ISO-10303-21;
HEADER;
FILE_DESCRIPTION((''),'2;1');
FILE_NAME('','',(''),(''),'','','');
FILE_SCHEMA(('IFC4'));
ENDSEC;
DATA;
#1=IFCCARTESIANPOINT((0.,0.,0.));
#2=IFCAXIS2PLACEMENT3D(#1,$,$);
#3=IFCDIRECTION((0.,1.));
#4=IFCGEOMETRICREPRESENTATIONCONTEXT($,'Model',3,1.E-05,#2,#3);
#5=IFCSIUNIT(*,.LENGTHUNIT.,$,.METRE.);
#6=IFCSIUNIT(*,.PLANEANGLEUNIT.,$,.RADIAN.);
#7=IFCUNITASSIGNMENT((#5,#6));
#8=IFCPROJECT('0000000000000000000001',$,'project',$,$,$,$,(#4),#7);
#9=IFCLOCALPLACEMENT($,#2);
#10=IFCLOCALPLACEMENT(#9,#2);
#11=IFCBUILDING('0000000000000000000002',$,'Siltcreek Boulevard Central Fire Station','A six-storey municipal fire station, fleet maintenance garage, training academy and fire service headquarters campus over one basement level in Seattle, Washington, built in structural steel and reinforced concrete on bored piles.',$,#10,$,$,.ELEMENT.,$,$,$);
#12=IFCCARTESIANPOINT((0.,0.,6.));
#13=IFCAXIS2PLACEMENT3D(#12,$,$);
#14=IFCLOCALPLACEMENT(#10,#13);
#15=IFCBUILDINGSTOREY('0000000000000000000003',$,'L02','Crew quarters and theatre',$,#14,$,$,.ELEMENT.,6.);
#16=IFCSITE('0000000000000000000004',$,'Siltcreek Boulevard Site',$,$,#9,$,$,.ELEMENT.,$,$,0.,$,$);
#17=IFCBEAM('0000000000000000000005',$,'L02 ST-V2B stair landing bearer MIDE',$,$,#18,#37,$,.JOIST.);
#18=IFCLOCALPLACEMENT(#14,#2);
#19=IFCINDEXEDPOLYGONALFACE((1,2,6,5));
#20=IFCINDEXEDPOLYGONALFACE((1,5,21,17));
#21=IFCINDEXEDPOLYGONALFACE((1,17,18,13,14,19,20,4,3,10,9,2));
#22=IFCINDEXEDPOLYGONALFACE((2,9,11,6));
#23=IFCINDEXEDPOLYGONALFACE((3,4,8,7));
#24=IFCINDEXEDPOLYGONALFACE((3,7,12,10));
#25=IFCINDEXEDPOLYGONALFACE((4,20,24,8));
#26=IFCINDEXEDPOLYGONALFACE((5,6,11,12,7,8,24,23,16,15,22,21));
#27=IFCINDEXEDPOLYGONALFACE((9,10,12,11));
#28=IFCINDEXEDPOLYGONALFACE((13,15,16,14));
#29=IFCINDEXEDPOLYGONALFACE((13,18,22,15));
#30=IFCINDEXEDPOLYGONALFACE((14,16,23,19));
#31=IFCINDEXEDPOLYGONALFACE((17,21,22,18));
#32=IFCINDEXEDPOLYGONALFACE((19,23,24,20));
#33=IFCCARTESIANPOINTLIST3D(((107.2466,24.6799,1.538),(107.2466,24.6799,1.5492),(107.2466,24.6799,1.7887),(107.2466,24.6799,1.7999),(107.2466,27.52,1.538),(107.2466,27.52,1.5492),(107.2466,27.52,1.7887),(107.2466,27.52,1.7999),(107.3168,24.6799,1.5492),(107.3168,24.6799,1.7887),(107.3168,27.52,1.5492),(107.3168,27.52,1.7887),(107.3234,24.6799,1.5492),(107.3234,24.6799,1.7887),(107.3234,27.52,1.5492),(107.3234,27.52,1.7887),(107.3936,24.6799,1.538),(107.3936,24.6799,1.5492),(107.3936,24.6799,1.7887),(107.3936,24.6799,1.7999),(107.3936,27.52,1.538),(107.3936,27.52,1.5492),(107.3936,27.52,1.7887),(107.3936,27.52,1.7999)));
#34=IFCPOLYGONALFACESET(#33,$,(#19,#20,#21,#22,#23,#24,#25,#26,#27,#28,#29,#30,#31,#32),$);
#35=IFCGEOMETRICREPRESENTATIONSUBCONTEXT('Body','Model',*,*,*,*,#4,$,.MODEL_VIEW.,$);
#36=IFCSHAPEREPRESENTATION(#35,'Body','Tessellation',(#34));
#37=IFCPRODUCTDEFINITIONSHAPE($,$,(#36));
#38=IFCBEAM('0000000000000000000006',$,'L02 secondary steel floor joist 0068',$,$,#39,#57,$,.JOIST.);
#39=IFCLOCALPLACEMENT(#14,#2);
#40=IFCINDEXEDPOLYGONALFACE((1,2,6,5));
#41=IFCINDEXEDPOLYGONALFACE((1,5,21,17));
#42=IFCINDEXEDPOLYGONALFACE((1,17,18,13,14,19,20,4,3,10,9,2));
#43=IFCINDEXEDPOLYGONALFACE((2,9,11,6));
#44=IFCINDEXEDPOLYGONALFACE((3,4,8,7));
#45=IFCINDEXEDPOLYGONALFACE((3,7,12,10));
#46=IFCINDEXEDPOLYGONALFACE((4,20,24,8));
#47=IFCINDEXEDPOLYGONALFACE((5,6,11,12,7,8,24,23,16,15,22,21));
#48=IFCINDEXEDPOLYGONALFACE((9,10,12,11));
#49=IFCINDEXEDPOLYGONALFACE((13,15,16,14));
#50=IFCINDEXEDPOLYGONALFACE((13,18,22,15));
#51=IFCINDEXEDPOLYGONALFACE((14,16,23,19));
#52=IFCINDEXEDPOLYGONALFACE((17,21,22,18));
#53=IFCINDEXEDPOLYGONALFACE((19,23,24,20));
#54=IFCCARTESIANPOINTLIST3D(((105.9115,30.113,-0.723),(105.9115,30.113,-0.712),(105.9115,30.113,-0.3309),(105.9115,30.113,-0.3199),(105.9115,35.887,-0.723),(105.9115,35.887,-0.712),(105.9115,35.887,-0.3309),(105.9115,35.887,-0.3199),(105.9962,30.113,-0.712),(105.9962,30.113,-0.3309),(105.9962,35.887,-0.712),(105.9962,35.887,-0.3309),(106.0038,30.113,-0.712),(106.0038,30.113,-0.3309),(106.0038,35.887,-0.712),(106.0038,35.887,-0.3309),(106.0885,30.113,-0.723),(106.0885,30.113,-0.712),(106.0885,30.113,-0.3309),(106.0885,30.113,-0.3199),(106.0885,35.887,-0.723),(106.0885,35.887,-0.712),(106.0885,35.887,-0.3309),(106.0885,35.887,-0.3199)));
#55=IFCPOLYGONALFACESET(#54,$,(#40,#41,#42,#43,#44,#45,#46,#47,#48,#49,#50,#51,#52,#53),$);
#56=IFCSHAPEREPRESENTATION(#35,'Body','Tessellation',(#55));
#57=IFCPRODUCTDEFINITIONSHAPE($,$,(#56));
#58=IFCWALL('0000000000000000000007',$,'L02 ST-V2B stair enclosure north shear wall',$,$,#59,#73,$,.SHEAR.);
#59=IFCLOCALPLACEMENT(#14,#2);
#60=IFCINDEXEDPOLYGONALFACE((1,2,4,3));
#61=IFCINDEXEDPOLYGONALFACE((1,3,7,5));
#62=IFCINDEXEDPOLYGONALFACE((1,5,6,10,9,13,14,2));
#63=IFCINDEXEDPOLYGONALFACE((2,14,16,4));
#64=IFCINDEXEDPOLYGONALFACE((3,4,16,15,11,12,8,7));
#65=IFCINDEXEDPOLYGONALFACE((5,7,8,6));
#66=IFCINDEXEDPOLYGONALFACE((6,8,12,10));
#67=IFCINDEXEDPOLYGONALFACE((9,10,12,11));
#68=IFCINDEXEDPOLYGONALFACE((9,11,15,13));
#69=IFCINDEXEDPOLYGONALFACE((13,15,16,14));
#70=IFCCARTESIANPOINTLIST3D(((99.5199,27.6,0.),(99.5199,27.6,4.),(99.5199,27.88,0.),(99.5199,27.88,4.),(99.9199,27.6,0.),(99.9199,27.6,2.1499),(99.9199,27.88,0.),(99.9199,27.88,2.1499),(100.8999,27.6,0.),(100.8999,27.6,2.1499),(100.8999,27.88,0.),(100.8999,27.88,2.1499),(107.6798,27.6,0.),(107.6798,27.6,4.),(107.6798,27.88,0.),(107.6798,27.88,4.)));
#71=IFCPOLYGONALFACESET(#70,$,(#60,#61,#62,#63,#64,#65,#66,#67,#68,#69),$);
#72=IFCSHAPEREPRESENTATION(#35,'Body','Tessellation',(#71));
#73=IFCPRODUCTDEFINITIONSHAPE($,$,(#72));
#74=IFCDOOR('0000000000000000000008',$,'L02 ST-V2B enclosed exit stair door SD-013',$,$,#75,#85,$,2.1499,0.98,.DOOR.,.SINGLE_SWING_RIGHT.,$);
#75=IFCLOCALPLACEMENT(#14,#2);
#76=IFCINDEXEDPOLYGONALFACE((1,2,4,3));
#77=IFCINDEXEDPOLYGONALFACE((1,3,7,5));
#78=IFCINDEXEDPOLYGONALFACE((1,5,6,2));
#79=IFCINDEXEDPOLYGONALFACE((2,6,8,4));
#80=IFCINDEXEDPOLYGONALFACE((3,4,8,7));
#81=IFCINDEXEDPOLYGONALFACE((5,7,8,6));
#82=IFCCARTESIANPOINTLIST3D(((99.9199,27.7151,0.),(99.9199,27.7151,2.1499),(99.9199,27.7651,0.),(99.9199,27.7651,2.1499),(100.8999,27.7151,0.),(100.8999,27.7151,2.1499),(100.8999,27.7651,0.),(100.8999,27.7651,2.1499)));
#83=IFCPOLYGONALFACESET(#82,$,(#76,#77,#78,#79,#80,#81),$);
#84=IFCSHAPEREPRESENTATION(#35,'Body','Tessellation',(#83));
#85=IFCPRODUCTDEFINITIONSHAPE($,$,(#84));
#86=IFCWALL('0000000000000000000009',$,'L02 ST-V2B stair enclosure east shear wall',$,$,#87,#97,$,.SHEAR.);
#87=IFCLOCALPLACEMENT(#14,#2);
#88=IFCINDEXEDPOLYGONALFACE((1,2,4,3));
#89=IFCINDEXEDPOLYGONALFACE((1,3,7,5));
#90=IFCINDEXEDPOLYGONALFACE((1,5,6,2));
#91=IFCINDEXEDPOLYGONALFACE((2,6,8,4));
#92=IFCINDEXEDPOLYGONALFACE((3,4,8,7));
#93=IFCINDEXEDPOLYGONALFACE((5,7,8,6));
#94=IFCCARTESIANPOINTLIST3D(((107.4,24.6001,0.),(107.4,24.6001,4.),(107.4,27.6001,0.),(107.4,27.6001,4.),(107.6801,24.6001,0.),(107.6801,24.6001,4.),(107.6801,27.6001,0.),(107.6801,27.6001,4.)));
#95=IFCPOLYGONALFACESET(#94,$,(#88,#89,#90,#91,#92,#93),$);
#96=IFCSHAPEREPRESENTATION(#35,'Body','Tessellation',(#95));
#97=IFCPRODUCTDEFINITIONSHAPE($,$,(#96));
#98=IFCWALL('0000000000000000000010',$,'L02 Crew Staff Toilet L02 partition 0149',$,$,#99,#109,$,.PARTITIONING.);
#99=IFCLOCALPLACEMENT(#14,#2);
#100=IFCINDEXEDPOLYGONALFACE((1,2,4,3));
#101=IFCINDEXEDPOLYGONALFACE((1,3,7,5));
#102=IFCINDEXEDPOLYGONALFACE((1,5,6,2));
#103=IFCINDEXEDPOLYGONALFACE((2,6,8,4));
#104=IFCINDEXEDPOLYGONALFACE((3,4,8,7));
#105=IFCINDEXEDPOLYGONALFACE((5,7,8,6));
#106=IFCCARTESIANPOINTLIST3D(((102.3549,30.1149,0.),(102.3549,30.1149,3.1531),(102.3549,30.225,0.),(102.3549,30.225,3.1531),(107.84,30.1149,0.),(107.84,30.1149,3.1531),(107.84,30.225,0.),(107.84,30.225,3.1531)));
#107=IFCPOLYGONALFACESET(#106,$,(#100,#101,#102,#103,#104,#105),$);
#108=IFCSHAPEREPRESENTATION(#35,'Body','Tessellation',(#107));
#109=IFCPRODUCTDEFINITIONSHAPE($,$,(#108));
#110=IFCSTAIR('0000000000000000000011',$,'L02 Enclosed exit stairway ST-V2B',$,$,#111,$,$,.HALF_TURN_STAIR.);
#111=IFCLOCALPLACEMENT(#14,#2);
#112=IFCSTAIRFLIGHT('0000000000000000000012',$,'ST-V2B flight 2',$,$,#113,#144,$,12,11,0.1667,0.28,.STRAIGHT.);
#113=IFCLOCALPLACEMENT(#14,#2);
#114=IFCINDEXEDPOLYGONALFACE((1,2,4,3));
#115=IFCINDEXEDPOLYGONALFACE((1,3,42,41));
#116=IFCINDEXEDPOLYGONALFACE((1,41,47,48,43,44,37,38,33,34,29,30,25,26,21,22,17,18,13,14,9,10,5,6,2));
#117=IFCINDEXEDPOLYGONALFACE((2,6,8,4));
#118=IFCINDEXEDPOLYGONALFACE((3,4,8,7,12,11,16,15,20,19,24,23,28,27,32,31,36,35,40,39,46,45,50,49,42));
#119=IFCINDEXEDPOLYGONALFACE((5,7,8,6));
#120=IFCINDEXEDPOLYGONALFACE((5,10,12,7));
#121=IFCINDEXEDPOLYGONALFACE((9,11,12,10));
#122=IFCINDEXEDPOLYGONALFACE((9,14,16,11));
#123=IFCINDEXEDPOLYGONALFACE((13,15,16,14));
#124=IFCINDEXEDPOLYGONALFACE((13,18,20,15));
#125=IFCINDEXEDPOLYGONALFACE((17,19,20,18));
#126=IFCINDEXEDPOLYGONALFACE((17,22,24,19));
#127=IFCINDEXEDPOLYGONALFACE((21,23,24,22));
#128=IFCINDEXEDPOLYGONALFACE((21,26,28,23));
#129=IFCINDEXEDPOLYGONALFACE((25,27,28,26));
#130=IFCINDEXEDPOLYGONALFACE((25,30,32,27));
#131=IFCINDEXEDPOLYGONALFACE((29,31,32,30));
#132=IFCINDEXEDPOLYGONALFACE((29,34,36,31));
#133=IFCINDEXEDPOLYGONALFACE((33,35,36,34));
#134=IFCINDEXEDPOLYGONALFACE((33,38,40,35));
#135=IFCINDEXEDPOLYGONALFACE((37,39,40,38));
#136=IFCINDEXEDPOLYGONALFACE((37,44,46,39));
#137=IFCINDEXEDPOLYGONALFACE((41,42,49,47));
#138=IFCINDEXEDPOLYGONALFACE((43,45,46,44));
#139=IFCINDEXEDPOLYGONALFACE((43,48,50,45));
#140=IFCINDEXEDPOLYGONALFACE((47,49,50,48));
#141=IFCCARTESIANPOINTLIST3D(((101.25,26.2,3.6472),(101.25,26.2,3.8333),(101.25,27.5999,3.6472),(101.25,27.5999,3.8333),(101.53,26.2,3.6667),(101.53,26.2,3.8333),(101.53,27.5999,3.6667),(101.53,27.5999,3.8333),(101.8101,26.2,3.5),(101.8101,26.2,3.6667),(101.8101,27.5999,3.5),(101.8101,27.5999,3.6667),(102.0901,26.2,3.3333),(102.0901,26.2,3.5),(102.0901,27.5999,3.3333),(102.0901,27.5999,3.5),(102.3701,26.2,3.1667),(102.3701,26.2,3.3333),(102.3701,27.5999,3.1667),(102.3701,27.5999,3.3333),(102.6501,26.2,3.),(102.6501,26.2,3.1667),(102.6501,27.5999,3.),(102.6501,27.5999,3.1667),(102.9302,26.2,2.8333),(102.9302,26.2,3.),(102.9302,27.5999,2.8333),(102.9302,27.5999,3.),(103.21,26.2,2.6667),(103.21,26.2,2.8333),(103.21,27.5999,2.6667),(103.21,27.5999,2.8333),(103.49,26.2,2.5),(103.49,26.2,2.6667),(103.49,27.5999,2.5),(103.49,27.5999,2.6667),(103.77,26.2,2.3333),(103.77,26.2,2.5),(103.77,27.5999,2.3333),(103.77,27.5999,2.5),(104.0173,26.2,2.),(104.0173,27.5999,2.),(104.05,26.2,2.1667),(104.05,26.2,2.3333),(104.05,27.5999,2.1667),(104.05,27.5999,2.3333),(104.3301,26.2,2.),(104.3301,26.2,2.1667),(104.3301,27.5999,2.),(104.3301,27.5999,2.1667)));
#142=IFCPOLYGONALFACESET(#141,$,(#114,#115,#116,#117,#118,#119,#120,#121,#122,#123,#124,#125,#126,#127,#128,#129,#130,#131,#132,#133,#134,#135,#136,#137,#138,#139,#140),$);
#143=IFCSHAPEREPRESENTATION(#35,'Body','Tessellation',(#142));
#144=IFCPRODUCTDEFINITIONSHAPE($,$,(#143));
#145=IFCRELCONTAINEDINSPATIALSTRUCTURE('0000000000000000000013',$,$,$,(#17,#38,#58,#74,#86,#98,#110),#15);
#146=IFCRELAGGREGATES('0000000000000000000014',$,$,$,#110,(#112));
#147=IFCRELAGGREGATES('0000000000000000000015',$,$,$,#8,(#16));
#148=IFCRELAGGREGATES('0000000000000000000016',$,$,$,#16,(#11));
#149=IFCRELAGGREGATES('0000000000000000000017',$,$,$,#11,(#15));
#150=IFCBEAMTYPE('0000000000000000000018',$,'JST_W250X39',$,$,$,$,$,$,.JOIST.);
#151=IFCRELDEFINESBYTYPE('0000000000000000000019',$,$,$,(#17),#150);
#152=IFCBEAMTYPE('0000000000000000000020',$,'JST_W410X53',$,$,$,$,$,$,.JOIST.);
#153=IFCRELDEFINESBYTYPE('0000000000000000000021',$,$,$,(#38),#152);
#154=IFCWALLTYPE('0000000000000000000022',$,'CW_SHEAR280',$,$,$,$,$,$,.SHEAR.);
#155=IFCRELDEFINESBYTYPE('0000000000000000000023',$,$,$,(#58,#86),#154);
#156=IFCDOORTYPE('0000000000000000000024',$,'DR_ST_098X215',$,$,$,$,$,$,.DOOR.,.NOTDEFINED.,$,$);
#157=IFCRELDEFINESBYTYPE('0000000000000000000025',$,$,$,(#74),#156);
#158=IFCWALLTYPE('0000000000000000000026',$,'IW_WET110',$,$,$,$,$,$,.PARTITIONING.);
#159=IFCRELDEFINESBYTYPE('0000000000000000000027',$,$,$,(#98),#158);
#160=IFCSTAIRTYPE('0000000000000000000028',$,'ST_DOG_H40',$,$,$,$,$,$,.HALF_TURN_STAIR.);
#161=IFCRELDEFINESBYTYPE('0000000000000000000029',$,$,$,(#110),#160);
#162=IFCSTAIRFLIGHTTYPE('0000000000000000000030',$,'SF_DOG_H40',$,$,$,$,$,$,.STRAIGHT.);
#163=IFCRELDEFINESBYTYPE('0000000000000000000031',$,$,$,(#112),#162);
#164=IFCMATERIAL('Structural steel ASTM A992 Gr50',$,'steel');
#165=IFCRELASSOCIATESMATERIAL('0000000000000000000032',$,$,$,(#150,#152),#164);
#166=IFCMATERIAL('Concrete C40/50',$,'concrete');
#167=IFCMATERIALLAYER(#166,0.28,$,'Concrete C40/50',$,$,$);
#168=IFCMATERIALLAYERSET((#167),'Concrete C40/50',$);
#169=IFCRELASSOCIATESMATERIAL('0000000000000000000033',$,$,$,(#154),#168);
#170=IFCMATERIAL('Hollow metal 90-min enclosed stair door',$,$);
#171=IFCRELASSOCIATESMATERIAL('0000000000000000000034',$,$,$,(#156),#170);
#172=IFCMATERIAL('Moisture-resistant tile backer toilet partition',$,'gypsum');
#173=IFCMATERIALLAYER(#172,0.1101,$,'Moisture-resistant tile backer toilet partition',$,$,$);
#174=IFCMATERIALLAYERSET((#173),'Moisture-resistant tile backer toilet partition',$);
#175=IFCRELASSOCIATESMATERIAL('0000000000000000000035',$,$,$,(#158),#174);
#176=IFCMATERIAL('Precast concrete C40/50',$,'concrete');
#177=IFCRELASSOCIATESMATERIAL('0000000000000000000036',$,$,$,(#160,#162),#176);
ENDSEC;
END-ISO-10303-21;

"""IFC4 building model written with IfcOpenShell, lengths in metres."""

from ifc_helpers import new_model, si_unit, direction, frame, frame_2d, origin, origin_2d, place, context, subcontext, project, spatial, polyline, rectangle, i_section, outline, extrude, material, layer, layer_set, material_profile, profile_set, type_object, element, fill, aggregate, save


model = new_model("IFC4")

# Units and contexts
model_context = context("Model", 3, precision=1e-05, world=origin(), true_north=direction((0.0, 1.0)))
body_context = subcontext(model_context, "Body", "Model", "MODEL_VIEW")
ifc_project = project(units=[si_unit("LENGTHUNIT", "METRE"), si_unit("PLANEANGLEUNIT", "RADIAN")], contexts=[model_context])

# Site, building, storey
site_placement = place(None, origin())
site = spatial("IfcSite", under=ifc_project, at=site_placement, Name="Siltcreek Boulevard Site", CompositionType="ELEMENT", RefElevation=0.0)
building_placement = place(site_placement, origin())
building = spatial("IfcBuilding", under=site, at=building_placement, Name="Siltcreek Boulevard Central Fire Station", Description="A six-storey municipal fire station, fleet maintenance garage, training academy and fire service headquarters campus over one basement level in Seattle, Washington, built in structural steel and reinforced concrete on bored piles.", CompositionType="ELEMENT")
storey_placement = place(building_placement, frame((0.0, 0.0, 6.0)))
storey = spatial("IfcBuildingStorey", under=building, at=storey_placement, Name="L02", Description="Crew quarters and theatre", CompositionType="ELEMENT", Elevation=6.0)

# Shared definitions
ifc_material_1 = material(Name="Structural steel ASTM A992 Gr50", Category="steel")

# Beams
ifc_material_profile_1 = material_profile(ifc_material_1, i_section(OverallWidth=0.147, OverallDepth=0.262, WebThickness=0.0066, FlangeThickness=0.0112, at=origin_2d()), Name="W250X39")
ifc_profile_set_1 = profile_set([ifc_material_profile_1], Name="Structural steel ASTM A992 Gr50")
beam_type_1 = type_object("IfcBeamType", Name="JST_W250X39", PredefinedType="JOIST", material=ifc_profile_set_1)
for number, where, z_axis, x_axis, name in (
    (1, (107.3201, 24.6799, 1.6689), (0.0, 1.0, 0.0), (-1.0, 0.0, 0.0), "L02 ST-V2B stair landing bearer MIDE"),
):
    element("IfcBeam", number, at=place(storey_placement, frame(where, z_axis=z_axis, x_axis=x_axis)), inside=storey, type_object=beam_type_1, Name=name, PredefinedType="JOIST", context=body_context, shape_type="SweptSolid", body=[
        extrude(i_section(OverallWidth=0.147, OverallDepth=0.262, WebThickness=0.0066, FlangeThickness=0.0112, at=origin_2d()), origin(), (0.0, 0.0, 1.0), 2.8401),
    ])
ifc_material_profile_2 = material_profile(ifc_material_1, i_section(OverallWidth=0.177, OverallDepth=0.4031, WebThickness=0.0076, FlangeThickness=0.011, at=origin_2d()), Name="W410X53")
ifc_profile_set_2 = profile_set([ifc_material_profile_2], Name="Structural steel ASTM A992 Gr50")
beam_type_2 = type_object("IfcBeamType", Name="JST_W410X53", PredefinedType="JOIST", material=ifc_profile_set_2)
beam_1_placement = place(storey_placement, frame((106.0, 30.113, -0.5215), z_axis=(0.0, 1.0, 0.0), x_axis=(-1.0, 0.0, 0.0)))
element("IfcBeam", 2, at=beam_1_placement, inside=storey, type_object=beam_type_2, Name="L02 secondary steel floor joist 0068", PredefinedType="JOIST", context=body_context, shape_type="SweptSolid", body=[
    extrude(i_section(OverallWidth=0.177, OverallDepth=0.4031, WebThickness=0.0076, FlangeThickness=0.011, at=origin_2d()), origin(), (0.0, 0.0, 1.0), 5.7739),
])

# Wall, opening, door
ifc_material_2 = material(Name="Concrete C40/50", Category="concrete")
ifc_layer_1 = layer(ifc_material_2, 0.28, Name="Concrete C40/50")
ifc_layer_set_1 = layer_set([ifc_layer_1], Name="Concrete C40/50")
wall_type_1 = type_object("IfcWallType", Name="CW_SHEAR280", PredefinedType="SHEAR", material=ifc_layer_set_1)
wall_1_placement = place(storey_placement, frame((107.6799, 27.74, 0.0), z_axis=(0.0, 0.0, 1.0), x_axis=(-1.0, 0.0, 0.0)))
wall_1 = element("IfcWall", 3, at=wall_1_placement, inside=storey, type_object=wall_type_1, Name="L02 ST-V2B stair enclosure north shear wall", PredefinedType="SHEAR", context=body_context, shape_type="SweptSolid", body=[
    extrude(rectangle(XDim=8.1599, YDim=0.28, at=frame_2d((4.0801, 0.0))), origin(), (0.0, 0.0, 1.0), 4.0),
])
opening_placement = place(wall_1_placement, frame((6.78, 0.0, 0.0)))
opening = element("IfcOpeningElement", 4, at=opening_placement, cuts=wall_1, PredefinedType="OPENING", context=body_context, shape_type="SweptSolid", body=[
    extrude(rectangle(XDim=0.98, YDim=2.1499, at=frame_2d((0.49, 1.075))), frame((0.0, 0.1499, 0.0), z_axis=(0.0, -1.0, 0.0), x_axis=(1.0, 0.0, 0.0)), (0.0, 0.0, 1.0), 0.3),
])
ifc_material_3 = material(Name="Hollow metal 90-min enclosed stair door")
door_type = type_object("IfcDoorType", Name="DR_ST_098X215", OperationType="NOTDEFINED", PredefinedType="DOOR", material=ifc_material_3)
door_placement = place(opening_placement, origin())
door = element("IfcDoor", 5, at=door_placement, inside=storey, type_object=door_type, Name="L02 ST-V2B enclosed exit stair door SD-013", OperationType="SINGLE_SWING_RIGHT", OverallHeight=2.1499, OverallWidth=0.98, PredefinedType="DOOR", context=body_context, shape_type="SweptSolid", body=[
    extrude(rectangle(XDim=0.98, YDim=2.1499, at=frame_2d((0.49, 1.075))), frame((0.0, 0.0249, 0.0), z_axis=(0.0, -1.0, 0.0), x_axis=(1.0, 0.0, 0.0)), (0.0, 0.0, 1.0), 0.05),
])
fill(opening, door)

# Walls
wall_2_placement = place(storey_placement, frame((107.54, 24.6001, 0.0), z_axis=(0.0, 0.0, 1.0), x_axis=(0.0, 1.0, 0.0)))
element("IfcWall", 6, at=wall_2_placement, inside=storey, type_object=wall_type_1, Name="L02 ST-V2B stair enclosure east shear wall", PredefinedType="SHEAR", context=body_context, shape_type="SweptSolid", body=[
    extrude(rectangle(XDim=3.0, YDim=0.28, at=frame_2d((1.5, 0.0))), origin(), (0.0, 0.0, 1.0), 4.0),
])
ifc_material_4 = material(Name="Moisture-resistant tile backer toilet partition", Category="gypsum")
ifc_layer_2 = layer(ifc_material_4, 0.1101, Name="Moisture-resistant tile backer toilet partition")
ifc_layer_set_2 = layer_set([ifc_layer_2], Name="Moisture-resistant tile backer toilet partition")
wall_type_2 = type_object("IfcWallType", Name="IW_WET110", PredefinedType="PARTITIONING", material=ifc_layer_set_2)
wall_3_placement = place(storey_placement, frame((107.8401, 30.1699, 0.0), z_axis=(0.0, 0.0, 1.0), x_axis=(-1.0, 0.0, 0.0)))
element("IfcWall", 7, at=wall_3_placement, inside=storey, type_object=wall_type_2, Name="L02 Crew Staff Toilet L02 partition 0149", PredefinedType="PARTITIONING", context=body_context, shape_type="SweptSolid", body=[
    extrude(rectangle(XDim=5.4851, YDim=0.1101, at=frame_2d((2.7427, 0.0))), origin(), (0.0, 0.0, 1.0), 3.1531),
])

# Stair, stair flight
ifc_material_5 = material(Name="Precast concrete C40/50", Category="concrete")
stair_type = type_object("IfcStairType", Name="ST_DOG_H40", PredefinedType="HALF_TURN_STAIR", material=ifc_material_5)
stair_placement = place(storey_placement, origin())
stair = element("IfcStair", 8, at=stair_placement, inside=storey, type_object=stair_type, Name="L02 Enclosed exit stairway ST-V2B", PredefinedType="HALF_TURN_STAIR")
stair_flight_type = type_object("IfcStairFlightType", Name="SF_DOG_H40", PredefinedType="STRAIGHT", material=ifc_material_5)
stair_flight_placement = place(storey_placement, frame((104.3301, 26.8999, 2.0), z_axis=(0.0, 0.0, 1.0), x_axis=(-1.0, 0.0, 0.0)))
stair_flight = element("IfcStairFlight", 9, at=stair_flight_placement, type_object=stair_flight_type, Name="ST-V2B flight 2", NumberOfRisers=12, NumberOfTreads=11, PredefinedType="STRAIGHT", RiserHeight=0.1667, TreadLength=0.28, context=body_context, shape_type="SweptSolid", body=[
    extrude(outline(polyline([(0.0, 0.0), (0.0, 0.1667), (0.28, 0.1667), (0.28, 0.3333), (0.5601, 0.3333), (0.5601, 0.5), (0.8401, 0.5), (0.8401, 0.6667), (1.1201, 0.6667), (1.1201, 0.8333), (1.3999, 0.8333), (1.3999, 1.0), (1.6799, 1.0), (1.6799, 1.1667), (1.96, 1.1667), (1.96, 1.3333), (2.24, 1.3333), (2.24, 1.5), (2.52, 1.5), (2.52, 1.6667), (2.8, 1.6667), (2.8, 1.8333), (3.0801, 1.8333), (3.0801, 2.0), (3.0801, 1.6472), (0.3127, 0.0), (0.0, 0.0)])), frame((0.0, 0.7, 0.0), z_axis=(0.0, -1.0, 0.0), x_axis=(1.0, 0.0, 0.0)), (0.0, 0.0, 1.0), 1.3999),
])
aggregate(stair, [stair_flight])

save(model, "model.ifc")
